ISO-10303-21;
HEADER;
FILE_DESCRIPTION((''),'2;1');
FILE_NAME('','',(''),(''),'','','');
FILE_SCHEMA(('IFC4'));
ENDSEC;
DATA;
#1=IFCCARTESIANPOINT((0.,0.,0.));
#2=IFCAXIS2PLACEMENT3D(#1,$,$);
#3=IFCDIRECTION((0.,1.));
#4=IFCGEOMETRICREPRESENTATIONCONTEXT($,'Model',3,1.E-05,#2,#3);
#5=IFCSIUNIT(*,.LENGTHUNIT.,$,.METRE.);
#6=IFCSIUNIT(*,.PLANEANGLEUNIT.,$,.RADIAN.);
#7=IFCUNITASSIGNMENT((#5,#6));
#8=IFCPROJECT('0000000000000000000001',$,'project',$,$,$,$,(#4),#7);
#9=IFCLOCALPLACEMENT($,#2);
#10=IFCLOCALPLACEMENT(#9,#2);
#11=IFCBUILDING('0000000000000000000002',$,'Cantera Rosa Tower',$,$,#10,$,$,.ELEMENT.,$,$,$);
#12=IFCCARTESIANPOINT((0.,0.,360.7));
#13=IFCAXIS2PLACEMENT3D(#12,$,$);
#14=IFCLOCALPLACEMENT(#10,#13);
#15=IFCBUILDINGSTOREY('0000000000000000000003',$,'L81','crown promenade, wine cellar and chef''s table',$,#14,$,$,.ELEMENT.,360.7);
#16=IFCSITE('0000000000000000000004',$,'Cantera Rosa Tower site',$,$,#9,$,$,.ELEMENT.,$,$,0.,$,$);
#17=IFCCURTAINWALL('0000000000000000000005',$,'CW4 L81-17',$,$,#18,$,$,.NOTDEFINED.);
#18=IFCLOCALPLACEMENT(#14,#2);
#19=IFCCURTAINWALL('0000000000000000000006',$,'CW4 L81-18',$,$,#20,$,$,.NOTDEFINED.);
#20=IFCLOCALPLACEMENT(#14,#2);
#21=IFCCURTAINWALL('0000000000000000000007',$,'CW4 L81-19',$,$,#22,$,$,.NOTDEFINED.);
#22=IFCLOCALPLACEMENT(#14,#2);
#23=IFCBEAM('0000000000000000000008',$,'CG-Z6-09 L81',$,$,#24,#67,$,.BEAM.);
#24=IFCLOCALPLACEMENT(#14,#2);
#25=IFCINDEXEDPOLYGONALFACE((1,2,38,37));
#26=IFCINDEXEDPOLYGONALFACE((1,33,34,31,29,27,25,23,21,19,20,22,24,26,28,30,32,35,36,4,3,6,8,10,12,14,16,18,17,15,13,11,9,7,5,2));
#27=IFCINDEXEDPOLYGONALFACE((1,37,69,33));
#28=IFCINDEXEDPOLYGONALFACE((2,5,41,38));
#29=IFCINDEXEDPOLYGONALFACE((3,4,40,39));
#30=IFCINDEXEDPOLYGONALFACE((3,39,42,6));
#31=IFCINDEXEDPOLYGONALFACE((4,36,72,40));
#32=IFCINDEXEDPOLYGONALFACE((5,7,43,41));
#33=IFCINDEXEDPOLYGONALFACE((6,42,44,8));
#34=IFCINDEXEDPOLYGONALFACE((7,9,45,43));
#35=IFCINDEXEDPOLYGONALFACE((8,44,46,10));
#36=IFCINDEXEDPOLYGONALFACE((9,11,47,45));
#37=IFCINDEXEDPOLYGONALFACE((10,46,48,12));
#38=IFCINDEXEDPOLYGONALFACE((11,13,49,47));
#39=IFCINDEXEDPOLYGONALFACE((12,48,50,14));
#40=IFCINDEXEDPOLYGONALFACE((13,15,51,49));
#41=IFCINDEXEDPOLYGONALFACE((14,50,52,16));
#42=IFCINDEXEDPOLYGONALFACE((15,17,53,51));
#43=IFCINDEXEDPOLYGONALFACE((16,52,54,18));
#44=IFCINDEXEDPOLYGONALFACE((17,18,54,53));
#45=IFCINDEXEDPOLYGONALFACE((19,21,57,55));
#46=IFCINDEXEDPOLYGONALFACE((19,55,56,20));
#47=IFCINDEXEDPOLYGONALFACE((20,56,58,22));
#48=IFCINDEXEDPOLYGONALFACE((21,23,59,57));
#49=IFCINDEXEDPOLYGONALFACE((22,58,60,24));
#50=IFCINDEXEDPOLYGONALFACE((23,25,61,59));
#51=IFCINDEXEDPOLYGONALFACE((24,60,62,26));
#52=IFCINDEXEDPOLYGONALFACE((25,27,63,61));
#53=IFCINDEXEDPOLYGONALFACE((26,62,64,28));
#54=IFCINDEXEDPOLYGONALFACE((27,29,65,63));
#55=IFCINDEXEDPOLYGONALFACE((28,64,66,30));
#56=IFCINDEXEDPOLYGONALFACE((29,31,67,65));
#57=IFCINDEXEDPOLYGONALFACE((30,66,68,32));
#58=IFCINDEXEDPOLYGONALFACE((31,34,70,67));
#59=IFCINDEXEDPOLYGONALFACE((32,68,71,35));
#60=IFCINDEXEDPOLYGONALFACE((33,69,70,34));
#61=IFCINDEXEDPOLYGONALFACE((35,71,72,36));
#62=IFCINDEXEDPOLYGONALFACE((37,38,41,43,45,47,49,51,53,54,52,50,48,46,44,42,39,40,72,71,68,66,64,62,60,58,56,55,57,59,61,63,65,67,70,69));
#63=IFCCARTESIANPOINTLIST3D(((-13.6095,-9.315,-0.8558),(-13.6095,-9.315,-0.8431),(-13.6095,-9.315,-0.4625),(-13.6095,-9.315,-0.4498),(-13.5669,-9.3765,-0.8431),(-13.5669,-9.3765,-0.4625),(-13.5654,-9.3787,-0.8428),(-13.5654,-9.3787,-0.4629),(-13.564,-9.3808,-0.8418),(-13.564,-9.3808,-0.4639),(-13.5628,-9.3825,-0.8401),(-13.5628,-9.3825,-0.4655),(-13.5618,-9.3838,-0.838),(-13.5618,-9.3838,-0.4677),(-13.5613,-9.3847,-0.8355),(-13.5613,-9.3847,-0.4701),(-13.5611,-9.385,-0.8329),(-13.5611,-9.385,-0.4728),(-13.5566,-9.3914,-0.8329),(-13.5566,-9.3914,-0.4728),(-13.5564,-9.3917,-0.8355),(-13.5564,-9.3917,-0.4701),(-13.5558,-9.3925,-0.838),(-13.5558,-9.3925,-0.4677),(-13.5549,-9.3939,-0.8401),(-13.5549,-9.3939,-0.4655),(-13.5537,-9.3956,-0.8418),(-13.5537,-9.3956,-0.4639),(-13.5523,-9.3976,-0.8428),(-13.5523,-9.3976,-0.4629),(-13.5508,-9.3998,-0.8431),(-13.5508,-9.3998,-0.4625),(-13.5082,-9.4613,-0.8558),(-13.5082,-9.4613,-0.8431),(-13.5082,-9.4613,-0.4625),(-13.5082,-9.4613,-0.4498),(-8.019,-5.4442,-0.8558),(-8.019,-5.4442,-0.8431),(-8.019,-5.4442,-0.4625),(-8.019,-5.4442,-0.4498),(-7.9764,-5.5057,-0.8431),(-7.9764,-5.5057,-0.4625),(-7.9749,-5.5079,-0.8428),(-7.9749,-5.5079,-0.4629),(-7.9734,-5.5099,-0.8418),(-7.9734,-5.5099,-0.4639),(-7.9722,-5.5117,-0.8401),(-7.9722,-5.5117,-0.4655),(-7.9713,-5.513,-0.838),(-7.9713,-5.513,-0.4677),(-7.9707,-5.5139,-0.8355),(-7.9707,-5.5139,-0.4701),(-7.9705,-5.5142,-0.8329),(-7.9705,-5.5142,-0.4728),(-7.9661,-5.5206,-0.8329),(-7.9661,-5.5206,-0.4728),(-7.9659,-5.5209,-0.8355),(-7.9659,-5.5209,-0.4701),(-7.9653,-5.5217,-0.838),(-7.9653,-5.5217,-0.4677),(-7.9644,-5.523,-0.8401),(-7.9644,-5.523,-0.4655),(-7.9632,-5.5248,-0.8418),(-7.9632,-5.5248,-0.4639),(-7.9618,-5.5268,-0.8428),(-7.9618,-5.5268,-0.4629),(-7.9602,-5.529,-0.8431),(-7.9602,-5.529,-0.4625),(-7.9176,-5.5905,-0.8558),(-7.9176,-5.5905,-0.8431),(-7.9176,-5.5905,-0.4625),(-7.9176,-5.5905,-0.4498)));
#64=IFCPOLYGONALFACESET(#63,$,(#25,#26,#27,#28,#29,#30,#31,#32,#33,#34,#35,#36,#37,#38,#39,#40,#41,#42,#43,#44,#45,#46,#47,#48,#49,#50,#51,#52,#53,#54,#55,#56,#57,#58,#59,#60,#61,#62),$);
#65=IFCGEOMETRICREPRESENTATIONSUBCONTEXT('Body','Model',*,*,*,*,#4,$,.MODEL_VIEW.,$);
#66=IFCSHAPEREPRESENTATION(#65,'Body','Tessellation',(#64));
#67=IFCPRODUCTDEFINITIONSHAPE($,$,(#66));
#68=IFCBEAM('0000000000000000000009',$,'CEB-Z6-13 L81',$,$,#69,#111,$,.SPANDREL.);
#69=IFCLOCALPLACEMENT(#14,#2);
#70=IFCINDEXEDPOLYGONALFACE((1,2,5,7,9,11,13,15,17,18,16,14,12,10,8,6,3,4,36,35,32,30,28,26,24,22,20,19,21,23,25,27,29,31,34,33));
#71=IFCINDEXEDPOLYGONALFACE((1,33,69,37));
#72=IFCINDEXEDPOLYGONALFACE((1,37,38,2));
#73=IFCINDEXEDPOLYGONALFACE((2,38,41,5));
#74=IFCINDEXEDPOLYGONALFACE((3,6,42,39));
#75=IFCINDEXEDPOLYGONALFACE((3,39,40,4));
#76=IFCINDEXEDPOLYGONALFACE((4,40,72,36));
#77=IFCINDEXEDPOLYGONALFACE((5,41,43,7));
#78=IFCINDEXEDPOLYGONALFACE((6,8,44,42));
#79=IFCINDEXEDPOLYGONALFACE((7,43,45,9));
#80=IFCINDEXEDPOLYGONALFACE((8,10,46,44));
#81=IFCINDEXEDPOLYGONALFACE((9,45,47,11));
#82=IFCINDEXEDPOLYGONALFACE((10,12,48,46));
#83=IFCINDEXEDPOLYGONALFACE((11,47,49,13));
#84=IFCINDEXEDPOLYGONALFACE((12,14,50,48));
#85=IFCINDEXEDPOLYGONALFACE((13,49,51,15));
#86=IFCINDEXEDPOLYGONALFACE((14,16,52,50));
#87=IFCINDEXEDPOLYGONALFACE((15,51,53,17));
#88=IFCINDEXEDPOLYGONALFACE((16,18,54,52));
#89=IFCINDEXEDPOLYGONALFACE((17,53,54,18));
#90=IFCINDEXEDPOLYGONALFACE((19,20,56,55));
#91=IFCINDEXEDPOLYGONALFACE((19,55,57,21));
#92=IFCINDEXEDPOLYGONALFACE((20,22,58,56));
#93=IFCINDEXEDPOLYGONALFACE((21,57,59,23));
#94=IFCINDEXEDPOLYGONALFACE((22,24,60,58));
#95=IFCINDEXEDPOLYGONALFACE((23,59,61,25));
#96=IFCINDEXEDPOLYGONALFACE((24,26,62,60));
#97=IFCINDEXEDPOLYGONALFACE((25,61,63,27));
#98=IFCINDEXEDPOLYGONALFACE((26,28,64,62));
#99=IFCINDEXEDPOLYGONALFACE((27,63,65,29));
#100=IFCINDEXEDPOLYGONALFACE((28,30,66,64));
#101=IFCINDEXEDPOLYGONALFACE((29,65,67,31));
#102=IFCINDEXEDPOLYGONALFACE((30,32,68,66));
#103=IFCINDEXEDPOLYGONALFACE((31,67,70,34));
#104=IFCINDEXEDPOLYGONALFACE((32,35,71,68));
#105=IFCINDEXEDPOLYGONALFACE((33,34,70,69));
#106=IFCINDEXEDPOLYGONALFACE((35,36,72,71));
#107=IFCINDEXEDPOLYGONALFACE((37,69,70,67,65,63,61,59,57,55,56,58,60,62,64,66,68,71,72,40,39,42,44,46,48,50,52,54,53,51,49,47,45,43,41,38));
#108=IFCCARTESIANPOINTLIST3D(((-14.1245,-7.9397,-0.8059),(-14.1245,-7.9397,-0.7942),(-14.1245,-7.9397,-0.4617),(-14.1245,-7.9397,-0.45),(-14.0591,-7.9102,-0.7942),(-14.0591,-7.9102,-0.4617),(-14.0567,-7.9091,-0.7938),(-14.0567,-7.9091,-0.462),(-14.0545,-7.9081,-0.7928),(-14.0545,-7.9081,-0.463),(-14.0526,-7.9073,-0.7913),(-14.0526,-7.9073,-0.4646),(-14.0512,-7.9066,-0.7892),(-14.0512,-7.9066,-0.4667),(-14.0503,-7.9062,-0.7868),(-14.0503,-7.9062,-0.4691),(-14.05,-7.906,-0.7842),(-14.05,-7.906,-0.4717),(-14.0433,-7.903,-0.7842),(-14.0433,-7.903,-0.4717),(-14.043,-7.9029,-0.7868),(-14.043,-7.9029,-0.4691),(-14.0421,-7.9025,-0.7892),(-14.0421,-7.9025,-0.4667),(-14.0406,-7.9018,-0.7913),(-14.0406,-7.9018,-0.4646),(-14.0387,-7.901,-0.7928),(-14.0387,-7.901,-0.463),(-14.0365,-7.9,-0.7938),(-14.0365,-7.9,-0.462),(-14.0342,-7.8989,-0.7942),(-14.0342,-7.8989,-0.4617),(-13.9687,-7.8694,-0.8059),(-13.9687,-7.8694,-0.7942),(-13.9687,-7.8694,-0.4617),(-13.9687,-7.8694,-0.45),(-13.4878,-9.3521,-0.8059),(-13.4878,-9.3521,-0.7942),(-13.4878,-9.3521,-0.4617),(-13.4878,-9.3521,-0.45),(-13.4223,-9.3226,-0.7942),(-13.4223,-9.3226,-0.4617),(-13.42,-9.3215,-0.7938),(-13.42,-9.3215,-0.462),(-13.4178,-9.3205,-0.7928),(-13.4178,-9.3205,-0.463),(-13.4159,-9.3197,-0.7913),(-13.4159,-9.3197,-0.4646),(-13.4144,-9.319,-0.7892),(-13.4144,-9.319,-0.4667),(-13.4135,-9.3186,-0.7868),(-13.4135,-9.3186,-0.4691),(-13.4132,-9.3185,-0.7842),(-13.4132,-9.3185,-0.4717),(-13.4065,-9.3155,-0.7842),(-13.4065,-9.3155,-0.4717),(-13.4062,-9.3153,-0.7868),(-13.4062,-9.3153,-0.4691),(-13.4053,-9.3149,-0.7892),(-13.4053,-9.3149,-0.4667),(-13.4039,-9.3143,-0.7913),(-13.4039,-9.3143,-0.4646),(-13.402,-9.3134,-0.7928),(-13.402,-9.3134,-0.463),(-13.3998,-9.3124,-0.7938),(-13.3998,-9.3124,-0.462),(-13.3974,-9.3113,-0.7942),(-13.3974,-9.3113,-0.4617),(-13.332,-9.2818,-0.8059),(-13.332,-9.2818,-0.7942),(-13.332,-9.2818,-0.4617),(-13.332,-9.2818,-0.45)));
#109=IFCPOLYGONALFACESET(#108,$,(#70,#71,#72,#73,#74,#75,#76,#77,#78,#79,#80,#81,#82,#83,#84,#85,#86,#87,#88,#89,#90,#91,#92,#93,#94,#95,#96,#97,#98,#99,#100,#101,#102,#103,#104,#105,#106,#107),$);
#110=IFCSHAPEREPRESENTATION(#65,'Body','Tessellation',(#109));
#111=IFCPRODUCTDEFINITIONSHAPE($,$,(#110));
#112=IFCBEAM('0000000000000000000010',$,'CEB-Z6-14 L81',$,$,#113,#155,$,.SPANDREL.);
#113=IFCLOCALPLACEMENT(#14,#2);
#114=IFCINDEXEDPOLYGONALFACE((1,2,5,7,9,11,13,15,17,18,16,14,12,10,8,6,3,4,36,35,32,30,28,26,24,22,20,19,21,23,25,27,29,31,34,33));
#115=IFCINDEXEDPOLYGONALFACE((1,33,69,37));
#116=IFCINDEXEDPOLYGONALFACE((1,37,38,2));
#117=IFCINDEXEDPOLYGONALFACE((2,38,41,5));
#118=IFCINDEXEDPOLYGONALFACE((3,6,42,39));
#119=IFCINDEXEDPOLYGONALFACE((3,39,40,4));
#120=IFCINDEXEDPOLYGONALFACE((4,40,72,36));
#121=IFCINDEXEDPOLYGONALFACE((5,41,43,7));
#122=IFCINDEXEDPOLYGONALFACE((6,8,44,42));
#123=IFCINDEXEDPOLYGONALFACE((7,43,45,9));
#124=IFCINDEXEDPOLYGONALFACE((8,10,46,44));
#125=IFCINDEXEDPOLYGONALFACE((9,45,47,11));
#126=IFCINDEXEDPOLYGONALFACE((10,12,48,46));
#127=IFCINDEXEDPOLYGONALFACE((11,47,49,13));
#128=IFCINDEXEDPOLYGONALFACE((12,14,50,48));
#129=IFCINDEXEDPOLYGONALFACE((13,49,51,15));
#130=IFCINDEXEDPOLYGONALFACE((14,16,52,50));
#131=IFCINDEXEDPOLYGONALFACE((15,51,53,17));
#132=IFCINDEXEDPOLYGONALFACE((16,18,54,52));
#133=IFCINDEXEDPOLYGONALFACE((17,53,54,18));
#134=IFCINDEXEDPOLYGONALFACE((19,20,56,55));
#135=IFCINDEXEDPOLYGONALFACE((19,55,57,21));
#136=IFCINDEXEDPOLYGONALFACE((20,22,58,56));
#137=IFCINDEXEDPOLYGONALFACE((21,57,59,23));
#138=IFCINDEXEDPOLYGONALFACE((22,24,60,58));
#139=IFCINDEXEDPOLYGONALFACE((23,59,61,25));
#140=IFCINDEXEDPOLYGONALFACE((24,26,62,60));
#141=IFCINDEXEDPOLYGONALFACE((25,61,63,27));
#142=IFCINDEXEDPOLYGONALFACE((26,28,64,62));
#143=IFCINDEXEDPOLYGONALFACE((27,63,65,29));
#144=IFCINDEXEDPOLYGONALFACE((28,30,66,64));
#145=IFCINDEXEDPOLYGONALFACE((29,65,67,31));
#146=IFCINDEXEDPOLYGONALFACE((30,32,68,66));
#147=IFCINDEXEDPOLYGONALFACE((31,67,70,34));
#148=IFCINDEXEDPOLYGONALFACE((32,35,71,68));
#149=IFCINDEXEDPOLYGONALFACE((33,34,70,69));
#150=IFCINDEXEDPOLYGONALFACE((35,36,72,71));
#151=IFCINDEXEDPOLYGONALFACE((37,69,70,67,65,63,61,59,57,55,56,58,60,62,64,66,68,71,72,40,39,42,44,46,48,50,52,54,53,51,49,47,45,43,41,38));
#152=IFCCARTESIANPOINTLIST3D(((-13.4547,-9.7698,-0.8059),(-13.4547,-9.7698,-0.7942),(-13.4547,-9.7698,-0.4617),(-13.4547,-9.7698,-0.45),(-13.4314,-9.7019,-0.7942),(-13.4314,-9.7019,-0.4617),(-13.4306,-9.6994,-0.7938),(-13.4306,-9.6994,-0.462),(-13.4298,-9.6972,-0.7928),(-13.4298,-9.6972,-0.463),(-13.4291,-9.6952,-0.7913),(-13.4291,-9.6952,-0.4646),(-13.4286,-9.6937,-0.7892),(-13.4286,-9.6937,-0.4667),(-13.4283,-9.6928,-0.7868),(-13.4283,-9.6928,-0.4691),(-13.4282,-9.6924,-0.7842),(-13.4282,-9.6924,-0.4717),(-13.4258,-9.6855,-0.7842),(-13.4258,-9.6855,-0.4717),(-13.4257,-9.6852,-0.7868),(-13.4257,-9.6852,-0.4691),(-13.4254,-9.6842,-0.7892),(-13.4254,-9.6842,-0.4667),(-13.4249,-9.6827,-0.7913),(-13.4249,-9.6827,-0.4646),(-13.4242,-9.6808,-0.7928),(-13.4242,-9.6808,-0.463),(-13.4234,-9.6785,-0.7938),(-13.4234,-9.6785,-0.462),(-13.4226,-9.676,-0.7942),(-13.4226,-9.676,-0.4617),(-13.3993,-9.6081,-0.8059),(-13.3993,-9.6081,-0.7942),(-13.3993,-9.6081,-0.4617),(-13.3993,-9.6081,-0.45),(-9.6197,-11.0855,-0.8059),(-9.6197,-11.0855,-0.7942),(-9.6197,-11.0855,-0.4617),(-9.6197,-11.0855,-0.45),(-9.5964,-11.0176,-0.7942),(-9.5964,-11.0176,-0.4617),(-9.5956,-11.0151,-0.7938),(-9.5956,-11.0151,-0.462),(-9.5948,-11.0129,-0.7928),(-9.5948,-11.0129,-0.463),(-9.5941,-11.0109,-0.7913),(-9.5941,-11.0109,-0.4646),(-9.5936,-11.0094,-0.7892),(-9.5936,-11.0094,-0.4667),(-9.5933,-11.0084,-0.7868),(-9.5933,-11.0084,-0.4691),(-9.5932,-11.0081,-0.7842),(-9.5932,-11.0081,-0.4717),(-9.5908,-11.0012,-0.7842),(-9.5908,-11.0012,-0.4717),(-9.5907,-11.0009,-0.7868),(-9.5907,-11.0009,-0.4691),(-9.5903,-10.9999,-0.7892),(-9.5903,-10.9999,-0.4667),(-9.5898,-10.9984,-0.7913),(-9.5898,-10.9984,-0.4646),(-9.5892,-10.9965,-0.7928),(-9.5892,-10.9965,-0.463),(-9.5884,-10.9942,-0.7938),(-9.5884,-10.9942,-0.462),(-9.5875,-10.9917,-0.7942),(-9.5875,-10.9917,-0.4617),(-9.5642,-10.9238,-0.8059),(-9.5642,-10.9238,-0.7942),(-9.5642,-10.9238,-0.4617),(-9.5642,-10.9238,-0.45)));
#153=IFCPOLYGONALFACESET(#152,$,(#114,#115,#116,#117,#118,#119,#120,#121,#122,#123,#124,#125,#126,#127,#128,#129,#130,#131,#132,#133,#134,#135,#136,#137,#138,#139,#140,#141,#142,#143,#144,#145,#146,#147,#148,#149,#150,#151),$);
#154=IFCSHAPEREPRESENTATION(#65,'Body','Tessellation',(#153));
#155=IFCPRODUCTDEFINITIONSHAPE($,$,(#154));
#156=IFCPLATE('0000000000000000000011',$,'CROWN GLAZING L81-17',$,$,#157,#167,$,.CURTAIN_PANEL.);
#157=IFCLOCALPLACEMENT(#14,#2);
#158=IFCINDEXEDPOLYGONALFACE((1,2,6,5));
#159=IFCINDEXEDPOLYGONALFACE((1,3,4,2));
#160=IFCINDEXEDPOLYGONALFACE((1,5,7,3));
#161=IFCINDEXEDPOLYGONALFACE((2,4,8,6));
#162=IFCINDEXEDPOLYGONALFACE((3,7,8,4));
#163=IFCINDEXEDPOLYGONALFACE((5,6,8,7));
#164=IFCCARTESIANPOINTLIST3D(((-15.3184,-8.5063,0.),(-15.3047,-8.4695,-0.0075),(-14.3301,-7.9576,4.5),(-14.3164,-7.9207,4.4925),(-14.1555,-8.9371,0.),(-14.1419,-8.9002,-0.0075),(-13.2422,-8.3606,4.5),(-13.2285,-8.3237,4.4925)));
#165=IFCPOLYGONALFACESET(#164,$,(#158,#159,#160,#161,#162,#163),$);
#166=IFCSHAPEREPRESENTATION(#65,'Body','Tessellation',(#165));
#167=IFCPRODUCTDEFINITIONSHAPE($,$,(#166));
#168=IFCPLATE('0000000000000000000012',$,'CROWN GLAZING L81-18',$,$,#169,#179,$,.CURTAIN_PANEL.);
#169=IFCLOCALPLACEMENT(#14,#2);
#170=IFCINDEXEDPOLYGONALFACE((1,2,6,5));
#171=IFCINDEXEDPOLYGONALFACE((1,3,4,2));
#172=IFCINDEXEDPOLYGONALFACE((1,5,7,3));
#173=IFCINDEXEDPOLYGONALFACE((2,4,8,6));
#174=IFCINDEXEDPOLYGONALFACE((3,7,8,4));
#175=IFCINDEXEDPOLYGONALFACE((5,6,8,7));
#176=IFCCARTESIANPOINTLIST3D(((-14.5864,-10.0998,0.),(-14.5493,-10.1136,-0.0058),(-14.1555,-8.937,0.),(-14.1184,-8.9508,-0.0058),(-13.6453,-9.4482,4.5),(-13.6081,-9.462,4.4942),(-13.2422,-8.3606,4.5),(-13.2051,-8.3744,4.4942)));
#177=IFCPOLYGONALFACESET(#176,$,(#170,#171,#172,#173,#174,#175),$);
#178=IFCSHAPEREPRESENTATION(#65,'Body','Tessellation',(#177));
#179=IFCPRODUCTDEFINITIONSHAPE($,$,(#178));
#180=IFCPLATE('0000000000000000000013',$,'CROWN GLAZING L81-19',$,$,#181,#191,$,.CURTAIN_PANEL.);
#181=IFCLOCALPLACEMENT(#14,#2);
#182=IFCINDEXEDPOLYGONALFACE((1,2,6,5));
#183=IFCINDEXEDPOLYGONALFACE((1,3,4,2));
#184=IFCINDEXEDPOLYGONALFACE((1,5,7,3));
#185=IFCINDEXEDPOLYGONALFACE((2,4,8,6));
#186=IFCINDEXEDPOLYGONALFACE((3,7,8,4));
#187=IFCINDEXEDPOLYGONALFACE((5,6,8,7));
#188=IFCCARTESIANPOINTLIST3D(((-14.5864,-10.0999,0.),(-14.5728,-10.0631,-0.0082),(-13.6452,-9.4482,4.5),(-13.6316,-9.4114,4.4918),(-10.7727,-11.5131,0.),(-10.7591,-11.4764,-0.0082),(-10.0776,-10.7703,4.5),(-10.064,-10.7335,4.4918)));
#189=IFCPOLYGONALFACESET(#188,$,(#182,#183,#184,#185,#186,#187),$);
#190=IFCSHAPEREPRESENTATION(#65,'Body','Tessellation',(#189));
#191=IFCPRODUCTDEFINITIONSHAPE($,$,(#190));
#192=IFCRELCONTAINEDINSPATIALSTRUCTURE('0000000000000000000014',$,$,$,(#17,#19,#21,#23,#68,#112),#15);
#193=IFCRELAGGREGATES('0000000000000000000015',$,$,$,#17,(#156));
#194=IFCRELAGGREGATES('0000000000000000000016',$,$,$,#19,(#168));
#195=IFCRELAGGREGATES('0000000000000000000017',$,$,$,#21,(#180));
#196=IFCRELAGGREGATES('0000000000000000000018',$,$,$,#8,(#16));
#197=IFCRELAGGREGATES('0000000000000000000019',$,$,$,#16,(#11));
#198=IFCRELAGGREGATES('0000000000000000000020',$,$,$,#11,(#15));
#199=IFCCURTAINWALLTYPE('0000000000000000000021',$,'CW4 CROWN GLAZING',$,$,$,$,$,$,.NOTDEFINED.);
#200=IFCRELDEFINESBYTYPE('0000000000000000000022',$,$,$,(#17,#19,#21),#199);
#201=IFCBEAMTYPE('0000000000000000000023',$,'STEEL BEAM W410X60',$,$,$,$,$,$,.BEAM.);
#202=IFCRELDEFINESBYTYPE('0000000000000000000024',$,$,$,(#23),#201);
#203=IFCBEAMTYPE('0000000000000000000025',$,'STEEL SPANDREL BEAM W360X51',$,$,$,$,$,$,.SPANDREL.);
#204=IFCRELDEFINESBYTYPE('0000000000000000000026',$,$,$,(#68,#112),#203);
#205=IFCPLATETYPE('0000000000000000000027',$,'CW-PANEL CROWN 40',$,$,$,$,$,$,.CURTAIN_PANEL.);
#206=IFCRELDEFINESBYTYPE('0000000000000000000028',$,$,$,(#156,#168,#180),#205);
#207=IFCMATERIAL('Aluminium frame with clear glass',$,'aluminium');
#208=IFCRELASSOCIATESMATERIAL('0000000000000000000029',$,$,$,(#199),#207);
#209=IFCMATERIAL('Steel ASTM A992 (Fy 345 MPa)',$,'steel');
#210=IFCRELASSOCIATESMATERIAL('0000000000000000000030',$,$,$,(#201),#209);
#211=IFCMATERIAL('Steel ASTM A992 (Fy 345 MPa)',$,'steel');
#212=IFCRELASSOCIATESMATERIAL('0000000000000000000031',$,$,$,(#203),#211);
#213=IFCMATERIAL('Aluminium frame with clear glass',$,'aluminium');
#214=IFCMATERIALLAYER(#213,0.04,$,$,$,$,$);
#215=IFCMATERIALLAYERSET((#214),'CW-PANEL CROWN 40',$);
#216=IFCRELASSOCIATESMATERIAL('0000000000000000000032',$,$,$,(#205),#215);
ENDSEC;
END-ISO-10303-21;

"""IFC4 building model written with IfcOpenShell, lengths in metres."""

from ifc_helpers import new_model, si_unit, direction, frame, origin, origin_2d, place, context, subcontext, project, spatial, polyline, i_section, outline, extrude, material, layer, layer_set, material_profile, profile_set, type_object, element, aggregate, save


model = new_model("IFC4")

# Units and contexts
model_context = context("Model", 3, precision=1e-05, world=origin(), true_north=direction((0.0, 1.0)))
body_context = subcontext(model_context, "Body", "Model", "MODEL_VIEW")
ifc_project = project(units=[si_unit("LENGTHUNIT", "METRE"), si_unit("PLANEANGLEUNIT", "RADIAN")], contexts=[model_context])

# Site, building, storey
site_placement = place(None, origin())
site = spatial("IfcSite", under=ifc_project, at=site_placement, Name="Cantera Rosa Tower site", CompositionType="ELEMENT", RefElevation=0.0)
building_placement = place(site_placement, origin())
building = spatial("IfcBuilding", under=site, at=building_placement, Name="Cantera Rosa Tower", CompositionType="ELEMENT")
storey_placement = place(building_placement, frame((0.0, 0.0, 360.7)))
storey = spatial("IfcBuildingStorey", under=building, at=storey_placement, Name="L81", Description="crown promenade, wine cellar and chef's table", CompositionType="ELEMENT", Elevation=360.7)

# Curtain walls
ifc_material_1 = material(Name="Aluminium frame with clear glass", Category="aluminium")
curtain_wall_type = type_object("IfcCurtainWallType", Name="CW4 CROWN GLAZING", PredefinedType="NOTDEFINED", material=ifc_material_1)
curtain_wall_1_placement = place(storey_placement, origin())
curtain_wall_1 = element("IfcCurtainWall", 1, at=curtain_wall_1_placement, inside=storey, type_object=curtain_wall_type, Name="CW4 L81-17", PredefinedType="NOTDEFINED")
curtain_wall_2_placement = place(storey_placement, origin())
curtain_wall_2 = element("IfcCurtainWall", 2, at=curtain_wall_2_placement, inside=storey, type_object=curtain_wall_type, Name="CW4 L81-18", PredefinedType="NOTDEFINED")
curtain_wall_3_placement = place(storey_placement, origin())
curtain_wall_3 = element("IfcCurtainWall", 3, at=curtain_wall_3_placement, inside=storey, type_object=curtain_wall_type, Name="CW4 L81-19", PredefinedType="NOTDEFINED")

# Beams
ifc_material_2 = material(Name="Steel ASTM A992 (Fy 345 MPa)", Category="steel")
ifc_material_profile_1 = material_profile(ifc_material_2, i_section(OverallWidth=0.178, OverallDepth=0.406, WebThickness=0.0078, FlangeThickness=0.0127, FilletRadius=0.0103, at=origin_2d()), Name="W410X60")
ifc_profile_set_1 = profile_set([ifc_material_profile_1], Name="Steel ASTM A992 (Fy 345 MPa)")
beam_type_1 = type_object("IfcBeamType", Name="STEEL BEAM W410X60", PredefinedType="BEAM", material=ifc_profile_set_1)
beam_1_placement = place(storey_placement, frame((-13.5588, -9.3882, -0.6528), z_axis=(0.822161, 0.569255, 0.0), x_axis=(-0.569255, 0.822161, 0.0)))
element("IfcBeam", 4, at=beam_1_placement, inside=storey, type_object=beam_type_1, Name="CG-Z6-09 L81", PredefinedType="BEAM", context=body_context, shape_type="SweptSolid", body=[
    extrude(i_section(OverallWidth=0.178, OverallDepth=0.406, WebThickness=0.0078, FlangeThickness=0.0127, FilletRadius=0.0103, at=origin_2d()), origin(), (0.0, 0.0, 1.0), 6.7998),
])
ifc_material_3 = material(Name="Steel ASTM A992 (Fy 345 MPa)", Category="steel")
ifc_material_profile_2 = material_profile(ifc_material_3, i_section(OverallWidth=0.1709, OverallDepth=0.356, WebThickness=0.0073, FlangeThickness=0.0117, FilletRadius=0.01, at=origin_2d()), Name="W360X51")
ifc_profile_set_2 = profile_set([ifc_material_profile_2], Name="Steel ASTM A992 (Fy 345 MPa)")
beam_type_2 = type_object("IfcBeamType", Name="STEEL SPANDREL BEAM W360X51", PredefinedType="SPANDREL", material=ifc_profile_set_2)
beam_2_placement = place(storey_placement, frame((-14.0466, -7.9045, -0.6279), z_axis=(0.410987, -0.911641, 0.0), x_axis=(0.911641, 0.410987, 0.0)))
element("IfcBeam", 5, at=beam_2_placement, inside=storey, type_object=beam_type_2, Name="CEB-Z6-13 L81", PredefinedType="SPANDREL", context=body_context, shape_type="SweptSolid", body=[
    extrude(i_section(OverallWidth=0.1709, OverallDepth=0.356, WebThickness=0.0073, FlangeThickness=0.0117, FilletRadius=0.01, at=origin_2d()), origin(), (0.0, 0.0, 1.0), 1.5493),
])
beam_3_placement = place(storey_placement, frame((-13.427, -9.689, -0.6279), z_axis=(0.945883, -0.324508, 0.0), x_axis=(0.324508, 0.945883, 0.0)))
element("IfcBeam", 6, at=beam_3_placement, inside=storey, type_object=beam_type_2, Name="CEB-Z6-14 L81", PredefinedType="SPANDREL", context=body_context, shape_type="SweptSolid", body=[
    extrude(i_section(OverallWidth=0.1709, OverallDepth=0.356, WebThickness=0.0073, FlangeThickness=0.0117, FilletRadius=0.01, at=origin_2d()), origin(), (0.0, 0.0, 1.0), 4.0544),
])

# Plates
ifc_material_4 = material(Name="Aluminium frame with clear glass", Category="aluminium")
ifc_layer_1 = layer(ifc_material_4, 0.04)
ifc_layer_set_1 = layer_set([ifc_layer_1], Name="CW-PANEL CROWN 40")
plate_type = type_object("IfcPlateType", Name="CW-PANEL CROWN 40", PredefinedType="CURTAIN_PANEL", material=ifc_layer_set_1)
plate_1_placement = place(storey_placement, frame((-15.3184, -8.5063, 0.0), z_axis=(-0.341219, -0.921142, 0.187264), x_axis=(0.937731, -0.347362, 0.000012)))
plate_1 = element("IfcPlate", 7, at=plate_1_placement, type_object=plate_type, Name="CROWN GLAZING L81-17", PredefinedType="CURTAIN_PANEL", context=body_context, shape_type="SweptSolid", body=[
    extrude(outline(polyline([(0.0, 0.0), (1.24, 0.0), (1.8963, 4.581), (0.7362, 4.581), (0.0, 0.0)])), origin(), (0.0, 0.0, -1.0), 0.04),
])
plate_2_placement = place(storey_placement, frame((-14.1555, -8.937, 0.0), z_axis=(-0.927874, 0.343851, 0.144275), x_axis=(-0.347486, -0.937685, 0.000002)))
plate_2 = element("IfcPlate", 8, at=plate_2_placement, type_object=plate_type, Name="CROWN GLAZING L81-18", PredefinedType="CURTAIN_PANEL", context=body_context, shape_type="SweptSolid", body=[
    extrude(outline(polyline([(0.0, 0.0), (1.2401, 0.0), (0.3021, 4.5476), (-0.8579, 4.5476), (0.0, 0.0)])), origin(), (0.0, 0.0, -1.0), 0.04),
])
plate_3_placement = place(storey_placement, frame((-14.5864, -10.0999, 0.0), z_axis=(-0.340171, -0.917952, 0.204079), x_axis=(0.937686, -0.347485, -0.000003)))
plate_3 = element("IfcPlate", 9, at=plate_3_placement, type_object=plate_type, Name="CROWN GLAZING L81-19", PredefinedType="CURTAIN_PANEL", context=body_context, shape_type="SweptSolid", body=[
    extrude(outline(polyline([(0.0, 0.0), (4.0672, 0.0), (4.4608, 4.5968), (0.6561, 4.5967), (0.0, 0.0)])), origin(), (0.0, 0.0, -1.0), 0.04),
])

aggregate(curtain_wall_1, [plate_1])
aggregate(curtain_wall_2, [plate_2])
aggregate(curtain_wall_3, [plate_3])

save(model, "model.ifc")
